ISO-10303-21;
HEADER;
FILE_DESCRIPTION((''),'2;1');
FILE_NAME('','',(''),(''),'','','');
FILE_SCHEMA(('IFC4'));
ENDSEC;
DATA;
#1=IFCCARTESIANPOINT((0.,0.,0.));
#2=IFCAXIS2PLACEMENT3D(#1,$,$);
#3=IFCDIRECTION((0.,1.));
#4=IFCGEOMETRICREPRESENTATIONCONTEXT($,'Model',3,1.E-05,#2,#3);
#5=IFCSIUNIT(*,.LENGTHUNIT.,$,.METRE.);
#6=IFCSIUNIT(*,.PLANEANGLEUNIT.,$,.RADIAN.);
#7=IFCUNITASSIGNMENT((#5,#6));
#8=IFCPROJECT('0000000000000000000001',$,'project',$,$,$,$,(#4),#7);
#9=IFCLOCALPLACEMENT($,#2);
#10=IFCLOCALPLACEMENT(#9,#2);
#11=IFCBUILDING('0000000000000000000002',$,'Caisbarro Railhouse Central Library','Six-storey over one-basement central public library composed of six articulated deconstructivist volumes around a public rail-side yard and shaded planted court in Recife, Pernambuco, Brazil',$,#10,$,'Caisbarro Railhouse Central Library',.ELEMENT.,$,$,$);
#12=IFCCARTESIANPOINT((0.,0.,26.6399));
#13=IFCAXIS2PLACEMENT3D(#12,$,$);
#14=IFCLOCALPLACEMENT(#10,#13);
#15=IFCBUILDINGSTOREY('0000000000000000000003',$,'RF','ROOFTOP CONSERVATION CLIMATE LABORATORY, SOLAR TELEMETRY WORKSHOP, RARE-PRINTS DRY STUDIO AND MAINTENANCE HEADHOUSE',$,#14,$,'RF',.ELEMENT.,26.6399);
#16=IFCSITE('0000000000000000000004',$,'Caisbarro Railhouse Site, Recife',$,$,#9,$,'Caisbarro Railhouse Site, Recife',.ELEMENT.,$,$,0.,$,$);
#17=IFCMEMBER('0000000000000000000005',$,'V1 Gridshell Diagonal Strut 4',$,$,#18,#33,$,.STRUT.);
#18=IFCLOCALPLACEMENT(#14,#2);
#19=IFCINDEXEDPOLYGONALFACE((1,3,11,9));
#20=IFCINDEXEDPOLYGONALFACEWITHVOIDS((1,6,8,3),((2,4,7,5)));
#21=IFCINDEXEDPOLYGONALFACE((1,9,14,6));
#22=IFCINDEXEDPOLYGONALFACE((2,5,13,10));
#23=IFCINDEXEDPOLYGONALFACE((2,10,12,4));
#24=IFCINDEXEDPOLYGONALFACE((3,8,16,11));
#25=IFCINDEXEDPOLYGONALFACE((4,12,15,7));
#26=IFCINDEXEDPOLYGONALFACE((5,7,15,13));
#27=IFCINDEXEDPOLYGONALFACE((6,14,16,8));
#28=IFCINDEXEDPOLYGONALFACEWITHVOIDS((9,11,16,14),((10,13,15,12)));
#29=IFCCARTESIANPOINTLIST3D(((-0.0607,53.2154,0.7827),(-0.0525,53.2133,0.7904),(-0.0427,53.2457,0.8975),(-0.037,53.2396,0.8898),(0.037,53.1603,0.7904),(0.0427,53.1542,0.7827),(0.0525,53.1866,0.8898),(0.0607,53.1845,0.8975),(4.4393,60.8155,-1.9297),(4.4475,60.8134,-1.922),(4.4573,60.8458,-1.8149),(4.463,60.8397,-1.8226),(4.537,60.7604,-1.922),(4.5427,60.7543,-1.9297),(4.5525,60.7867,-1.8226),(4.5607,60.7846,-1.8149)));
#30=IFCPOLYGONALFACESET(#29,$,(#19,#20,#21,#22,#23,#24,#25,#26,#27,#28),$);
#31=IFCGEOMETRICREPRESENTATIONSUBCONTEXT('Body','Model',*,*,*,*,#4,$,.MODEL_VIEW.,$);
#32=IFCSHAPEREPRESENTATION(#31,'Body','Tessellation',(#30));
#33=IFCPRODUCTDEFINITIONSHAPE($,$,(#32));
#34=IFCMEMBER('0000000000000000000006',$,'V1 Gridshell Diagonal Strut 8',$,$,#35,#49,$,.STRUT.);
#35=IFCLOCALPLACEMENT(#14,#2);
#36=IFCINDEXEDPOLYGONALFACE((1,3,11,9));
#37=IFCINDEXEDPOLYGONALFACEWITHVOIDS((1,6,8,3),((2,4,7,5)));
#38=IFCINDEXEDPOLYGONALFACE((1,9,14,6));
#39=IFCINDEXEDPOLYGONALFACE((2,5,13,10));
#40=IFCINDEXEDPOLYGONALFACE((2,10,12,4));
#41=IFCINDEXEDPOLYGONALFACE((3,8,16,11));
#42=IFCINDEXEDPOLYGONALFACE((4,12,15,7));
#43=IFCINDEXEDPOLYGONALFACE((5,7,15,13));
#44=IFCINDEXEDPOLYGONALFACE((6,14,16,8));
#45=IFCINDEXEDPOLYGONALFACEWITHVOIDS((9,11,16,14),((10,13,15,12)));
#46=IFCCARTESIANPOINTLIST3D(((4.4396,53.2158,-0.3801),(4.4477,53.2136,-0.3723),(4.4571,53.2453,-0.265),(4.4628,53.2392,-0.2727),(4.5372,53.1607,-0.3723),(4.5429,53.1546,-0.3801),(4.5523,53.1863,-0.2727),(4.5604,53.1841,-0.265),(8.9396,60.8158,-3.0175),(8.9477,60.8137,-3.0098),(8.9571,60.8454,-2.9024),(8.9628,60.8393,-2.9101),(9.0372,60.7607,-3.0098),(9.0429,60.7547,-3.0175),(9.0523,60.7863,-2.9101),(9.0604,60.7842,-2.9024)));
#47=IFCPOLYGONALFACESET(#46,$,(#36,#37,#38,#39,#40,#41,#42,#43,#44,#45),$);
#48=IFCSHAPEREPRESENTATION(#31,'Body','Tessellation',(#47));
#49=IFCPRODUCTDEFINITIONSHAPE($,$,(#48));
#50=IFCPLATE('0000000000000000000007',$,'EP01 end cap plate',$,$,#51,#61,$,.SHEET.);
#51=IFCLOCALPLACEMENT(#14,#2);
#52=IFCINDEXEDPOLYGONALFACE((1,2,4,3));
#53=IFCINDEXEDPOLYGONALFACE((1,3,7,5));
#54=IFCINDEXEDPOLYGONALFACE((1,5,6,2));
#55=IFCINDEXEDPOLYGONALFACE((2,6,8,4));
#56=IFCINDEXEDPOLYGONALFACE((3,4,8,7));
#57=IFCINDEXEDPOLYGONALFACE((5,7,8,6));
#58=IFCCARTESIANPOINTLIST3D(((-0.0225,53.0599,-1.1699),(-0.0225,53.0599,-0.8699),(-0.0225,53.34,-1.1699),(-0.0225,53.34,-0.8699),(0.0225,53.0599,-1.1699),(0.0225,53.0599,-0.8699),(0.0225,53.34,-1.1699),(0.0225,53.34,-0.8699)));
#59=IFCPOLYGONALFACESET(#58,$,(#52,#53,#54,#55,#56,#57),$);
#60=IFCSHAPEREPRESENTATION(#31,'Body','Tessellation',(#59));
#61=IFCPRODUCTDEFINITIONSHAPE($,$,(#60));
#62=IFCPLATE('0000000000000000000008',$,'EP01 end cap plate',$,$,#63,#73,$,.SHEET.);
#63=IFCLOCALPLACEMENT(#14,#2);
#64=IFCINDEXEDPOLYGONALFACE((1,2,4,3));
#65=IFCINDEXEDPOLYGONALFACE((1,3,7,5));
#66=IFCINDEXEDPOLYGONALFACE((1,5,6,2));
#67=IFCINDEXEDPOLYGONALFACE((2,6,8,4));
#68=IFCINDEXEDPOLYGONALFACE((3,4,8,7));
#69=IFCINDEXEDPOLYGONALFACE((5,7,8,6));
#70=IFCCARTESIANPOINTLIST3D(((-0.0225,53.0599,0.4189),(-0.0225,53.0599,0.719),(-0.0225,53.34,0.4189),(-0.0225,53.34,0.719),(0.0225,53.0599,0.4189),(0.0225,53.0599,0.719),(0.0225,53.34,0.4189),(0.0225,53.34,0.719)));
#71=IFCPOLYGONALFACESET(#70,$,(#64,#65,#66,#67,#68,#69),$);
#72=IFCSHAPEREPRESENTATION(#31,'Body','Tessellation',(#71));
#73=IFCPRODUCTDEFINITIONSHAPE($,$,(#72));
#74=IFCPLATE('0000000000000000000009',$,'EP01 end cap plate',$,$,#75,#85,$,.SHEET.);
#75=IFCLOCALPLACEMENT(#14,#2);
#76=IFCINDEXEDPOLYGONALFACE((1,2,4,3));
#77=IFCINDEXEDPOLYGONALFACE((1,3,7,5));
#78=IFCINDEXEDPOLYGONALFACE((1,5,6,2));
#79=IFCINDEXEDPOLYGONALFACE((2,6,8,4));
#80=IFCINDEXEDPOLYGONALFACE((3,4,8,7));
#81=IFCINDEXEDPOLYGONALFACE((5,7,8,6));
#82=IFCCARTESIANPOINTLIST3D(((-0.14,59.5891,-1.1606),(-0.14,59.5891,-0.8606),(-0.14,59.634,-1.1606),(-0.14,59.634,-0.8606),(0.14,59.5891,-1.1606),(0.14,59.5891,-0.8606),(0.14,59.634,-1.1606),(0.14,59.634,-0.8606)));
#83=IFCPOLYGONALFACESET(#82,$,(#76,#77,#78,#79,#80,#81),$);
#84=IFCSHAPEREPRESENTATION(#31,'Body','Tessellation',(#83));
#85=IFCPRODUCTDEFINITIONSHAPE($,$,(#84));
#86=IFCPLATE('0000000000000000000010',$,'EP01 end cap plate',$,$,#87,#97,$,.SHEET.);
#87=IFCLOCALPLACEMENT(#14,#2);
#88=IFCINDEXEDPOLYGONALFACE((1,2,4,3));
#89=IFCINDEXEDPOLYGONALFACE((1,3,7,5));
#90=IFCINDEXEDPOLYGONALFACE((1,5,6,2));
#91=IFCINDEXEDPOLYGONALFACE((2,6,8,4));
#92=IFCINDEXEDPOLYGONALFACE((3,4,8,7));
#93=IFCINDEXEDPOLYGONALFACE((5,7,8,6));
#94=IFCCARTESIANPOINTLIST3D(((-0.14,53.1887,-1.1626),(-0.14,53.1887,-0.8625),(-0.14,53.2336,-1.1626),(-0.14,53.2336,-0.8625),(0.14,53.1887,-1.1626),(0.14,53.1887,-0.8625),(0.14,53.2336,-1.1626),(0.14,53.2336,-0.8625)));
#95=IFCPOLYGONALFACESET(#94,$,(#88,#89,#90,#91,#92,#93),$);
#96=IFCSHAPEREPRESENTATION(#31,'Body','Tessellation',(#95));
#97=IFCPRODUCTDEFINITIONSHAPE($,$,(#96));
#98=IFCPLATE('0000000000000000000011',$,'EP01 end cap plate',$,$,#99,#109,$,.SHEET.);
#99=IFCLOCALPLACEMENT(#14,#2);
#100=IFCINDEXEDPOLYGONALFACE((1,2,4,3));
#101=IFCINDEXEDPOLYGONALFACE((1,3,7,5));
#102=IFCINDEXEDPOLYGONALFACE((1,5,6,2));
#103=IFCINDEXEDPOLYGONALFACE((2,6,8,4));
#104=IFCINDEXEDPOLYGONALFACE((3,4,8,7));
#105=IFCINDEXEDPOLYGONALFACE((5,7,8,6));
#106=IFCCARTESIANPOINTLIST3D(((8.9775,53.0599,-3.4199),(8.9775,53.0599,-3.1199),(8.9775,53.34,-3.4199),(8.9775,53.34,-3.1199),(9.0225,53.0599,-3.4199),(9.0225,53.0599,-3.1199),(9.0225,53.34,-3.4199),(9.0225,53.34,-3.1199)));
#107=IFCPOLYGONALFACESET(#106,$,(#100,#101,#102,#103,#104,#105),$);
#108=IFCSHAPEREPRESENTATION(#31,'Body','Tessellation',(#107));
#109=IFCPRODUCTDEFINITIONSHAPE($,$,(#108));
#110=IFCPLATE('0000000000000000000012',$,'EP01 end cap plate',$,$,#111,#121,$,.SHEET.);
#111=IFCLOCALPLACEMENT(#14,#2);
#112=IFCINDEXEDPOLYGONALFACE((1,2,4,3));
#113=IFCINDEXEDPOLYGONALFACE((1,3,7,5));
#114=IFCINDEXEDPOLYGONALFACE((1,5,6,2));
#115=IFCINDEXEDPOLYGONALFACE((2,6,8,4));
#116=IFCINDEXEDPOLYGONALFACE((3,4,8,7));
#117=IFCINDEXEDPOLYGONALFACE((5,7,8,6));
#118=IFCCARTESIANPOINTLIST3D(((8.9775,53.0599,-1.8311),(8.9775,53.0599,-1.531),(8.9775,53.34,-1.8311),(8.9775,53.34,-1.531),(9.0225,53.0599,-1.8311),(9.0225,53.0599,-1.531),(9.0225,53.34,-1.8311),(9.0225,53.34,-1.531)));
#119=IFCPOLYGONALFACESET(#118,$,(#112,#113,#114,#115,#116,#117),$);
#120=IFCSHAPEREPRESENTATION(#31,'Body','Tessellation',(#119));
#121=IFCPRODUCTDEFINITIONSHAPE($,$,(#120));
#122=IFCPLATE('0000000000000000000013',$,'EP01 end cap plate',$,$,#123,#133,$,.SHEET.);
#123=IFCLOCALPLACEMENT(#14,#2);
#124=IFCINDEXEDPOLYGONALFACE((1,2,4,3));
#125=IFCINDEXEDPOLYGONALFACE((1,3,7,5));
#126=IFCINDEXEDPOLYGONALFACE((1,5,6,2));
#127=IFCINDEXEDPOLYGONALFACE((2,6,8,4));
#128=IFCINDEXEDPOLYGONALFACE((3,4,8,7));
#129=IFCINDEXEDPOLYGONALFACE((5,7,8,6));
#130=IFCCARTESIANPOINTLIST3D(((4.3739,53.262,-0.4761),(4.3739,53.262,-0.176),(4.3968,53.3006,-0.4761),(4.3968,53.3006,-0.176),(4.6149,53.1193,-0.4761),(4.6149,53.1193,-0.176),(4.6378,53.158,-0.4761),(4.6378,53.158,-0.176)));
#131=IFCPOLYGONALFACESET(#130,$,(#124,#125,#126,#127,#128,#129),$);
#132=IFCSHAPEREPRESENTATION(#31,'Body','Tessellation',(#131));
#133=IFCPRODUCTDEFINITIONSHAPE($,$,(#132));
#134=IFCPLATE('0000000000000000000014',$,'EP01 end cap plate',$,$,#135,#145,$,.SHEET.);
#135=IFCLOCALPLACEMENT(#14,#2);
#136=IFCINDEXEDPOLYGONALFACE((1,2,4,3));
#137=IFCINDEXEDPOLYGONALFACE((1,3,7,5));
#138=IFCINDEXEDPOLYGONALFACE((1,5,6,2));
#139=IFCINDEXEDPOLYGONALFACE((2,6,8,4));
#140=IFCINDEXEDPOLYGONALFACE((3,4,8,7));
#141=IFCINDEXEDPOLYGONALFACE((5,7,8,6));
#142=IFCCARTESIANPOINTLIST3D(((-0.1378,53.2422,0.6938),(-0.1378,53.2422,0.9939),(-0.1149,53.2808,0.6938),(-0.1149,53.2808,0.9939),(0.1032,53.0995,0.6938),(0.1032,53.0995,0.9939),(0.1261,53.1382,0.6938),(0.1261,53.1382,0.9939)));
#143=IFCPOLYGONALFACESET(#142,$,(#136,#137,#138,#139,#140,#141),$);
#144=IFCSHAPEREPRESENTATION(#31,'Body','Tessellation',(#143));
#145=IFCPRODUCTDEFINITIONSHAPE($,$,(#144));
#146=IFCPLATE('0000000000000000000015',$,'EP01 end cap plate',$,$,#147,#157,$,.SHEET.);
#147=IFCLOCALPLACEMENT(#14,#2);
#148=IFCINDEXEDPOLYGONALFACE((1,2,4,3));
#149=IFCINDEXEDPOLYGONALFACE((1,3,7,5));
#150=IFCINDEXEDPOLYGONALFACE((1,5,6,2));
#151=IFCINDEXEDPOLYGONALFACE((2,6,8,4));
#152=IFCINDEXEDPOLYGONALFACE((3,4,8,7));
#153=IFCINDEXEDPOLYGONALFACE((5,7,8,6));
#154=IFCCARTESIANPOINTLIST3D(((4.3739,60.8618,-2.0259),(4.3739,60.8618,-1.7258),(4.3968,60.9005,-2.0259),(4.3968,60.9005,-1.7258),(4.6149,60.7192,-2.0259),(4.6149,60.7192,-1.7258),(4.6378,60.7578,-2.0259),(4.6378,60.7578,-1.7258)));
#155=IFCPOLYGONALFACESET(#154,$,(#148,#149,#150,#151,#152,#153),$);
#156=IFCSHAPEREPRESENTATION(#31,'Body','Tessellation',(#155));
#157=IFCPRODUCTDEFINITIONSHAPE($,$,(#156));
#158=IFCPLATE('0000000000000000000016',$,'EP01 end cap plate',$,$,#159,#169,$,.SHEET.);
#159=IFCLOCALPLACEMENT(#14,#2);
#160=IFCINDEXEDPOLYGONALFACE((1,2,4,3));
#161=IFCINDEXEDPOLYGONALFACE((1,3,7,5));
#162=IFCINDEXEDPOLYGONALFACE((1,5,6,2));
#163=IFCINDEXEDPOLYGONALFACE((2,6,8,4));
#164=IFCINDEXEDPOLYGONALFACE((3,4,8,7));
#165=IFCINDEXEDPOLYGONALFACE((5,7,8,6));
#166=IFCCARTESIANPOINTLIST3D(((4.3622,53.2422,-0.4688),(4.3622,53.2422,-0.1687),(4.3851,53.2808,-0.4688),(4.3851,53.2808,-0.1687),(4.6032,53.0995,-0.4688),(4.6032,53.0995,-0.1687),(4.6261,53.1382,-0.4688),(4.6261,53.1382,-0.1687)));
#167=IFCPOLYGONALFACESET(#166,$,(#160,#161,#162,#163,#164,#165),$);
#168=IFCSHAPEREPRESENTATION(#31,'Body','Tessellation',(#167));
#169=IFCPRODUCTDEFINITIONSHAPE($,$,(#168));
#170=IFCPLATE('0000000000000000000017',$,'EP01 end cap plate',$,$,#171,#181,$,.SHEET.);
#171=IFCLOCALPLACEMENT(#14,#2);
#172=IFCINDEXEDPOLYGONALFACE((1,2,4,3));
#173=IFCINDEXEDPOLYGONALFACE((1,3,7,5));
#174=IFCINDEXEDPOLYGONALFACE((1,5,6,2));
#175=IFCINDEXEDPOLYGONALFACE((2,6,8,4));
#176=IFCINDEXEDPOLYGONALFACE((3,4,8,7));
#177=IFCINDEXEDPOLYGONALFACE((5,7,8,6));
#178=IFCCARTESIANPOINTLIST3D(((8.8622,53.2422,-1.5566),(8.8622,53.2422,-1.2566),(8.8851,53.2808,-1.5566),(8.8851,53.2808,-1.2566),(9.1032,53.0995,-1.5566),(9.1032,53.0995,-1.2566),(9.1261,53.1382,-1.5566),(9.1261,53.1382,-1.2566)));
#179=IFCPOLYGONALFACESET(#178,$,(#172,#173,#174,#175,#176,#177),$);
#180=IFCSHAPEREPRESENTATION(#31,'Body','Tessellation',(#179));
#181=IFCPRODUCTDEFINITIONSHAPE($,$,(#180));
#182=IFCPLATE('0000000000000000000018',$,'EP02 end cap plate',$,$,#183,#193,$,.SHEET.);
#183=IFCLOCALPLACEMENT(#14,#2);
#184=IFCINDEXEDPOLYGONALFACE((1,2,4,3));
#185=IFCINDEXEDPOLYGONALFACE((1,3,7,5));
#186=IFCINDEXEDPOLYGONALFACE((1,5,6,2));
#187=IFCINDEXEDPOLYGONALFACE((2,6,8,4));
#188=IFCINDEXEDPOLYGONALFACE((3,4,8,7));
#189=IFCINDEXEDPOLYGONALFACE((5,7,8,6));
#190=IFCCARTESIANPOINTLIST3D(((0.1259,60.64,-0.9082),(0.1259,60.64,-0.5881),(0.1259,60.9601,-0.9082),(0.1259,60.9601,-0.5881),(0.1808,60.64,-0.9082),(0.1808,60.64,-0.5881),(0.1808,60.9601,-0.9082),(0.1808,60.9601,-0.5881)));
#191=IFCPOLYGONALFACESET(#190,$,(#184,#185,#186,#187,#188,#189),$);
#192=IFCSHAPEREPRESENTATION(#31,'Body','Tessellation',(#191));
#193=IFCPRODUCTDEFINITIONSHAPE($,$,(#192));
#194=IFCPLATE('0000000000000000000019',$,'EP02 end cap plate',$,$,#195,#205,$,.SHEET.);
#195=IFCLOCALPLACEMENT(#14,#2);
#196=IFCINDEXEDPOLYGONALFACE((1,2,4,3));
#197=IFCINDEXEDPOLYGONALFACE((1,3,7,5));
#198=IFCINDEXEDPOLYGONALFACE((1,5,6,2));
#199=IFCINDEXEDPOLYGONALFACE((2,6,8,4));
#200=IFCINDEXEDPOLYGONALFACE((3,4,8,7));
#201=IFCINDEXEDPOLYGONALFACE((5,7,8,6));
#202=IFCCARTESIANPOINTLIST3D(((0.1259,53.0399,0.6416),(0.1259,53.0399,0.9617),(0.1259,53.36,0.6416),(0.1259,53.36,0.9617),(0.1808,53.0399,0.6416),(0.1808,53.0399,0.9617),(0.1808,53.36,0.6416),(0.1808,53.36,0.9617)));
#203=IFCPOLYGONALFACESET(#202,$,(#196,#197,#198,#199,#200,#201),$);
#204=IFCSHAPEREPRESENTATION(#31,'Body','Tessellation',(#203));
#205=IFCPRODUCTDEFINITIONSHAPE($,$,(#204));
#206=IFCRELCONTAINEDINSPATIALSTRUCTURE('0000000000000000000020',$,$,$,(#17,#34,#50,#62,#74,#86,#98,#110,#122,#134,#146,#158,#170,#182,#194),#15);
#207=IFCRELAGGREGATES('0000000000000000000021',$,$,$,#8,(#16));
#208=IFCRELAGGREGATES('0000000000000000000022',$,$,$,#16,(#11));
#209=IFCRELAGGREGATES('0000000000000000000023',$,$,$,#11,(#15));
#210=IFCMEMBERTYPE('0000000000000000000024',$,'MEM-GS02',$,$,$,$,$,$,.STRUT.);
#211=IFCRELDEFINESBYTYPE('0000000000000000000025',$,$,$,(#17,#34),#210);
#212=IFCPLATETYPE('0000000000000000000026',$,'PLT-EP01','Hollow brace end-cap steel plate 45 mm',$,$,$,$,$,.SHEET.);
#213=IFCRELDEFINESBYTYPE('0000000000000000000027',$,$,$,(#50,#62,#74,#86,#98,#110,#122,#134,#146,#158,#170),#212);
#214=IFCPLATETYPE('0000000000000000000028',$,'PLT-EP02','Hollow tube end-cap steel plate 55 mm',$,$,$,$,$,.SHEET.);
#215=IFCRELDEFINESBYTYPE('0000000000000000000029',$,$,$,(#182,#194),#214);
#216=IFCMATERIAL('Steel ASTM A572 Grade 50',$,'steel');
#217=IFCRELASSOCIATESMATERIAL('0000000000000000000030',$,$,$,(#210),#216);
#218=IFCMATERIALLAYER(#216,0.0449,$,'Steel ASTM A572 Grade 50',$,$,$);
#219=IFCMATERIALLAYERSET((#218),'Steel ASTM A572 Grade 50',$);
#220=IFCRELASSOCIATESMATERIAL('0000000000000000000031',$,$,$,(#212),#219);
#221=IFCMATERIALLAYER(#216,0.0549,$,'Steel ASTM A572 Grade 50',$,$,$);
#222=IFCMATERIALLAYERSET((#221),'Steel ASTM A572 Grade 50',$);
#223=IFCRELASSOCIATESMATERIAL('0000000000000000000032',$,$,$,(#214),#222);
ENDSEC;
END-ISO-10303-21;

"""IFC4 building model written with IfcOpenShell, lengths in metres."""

from ifc_helpers import new_model, si_unit, direction, frame, origin, origin_2d, place, context, subcontext, project, spatial, rectangle, hollow_rectangle, extrude, material, layer, layer_set, material_profile, profile_set, type_object, element, save


model = new_model("IFC4")

# Units and contexts
model_context = context("Model", 3, precision=1e-05, world=origin(), true_north=direction((0.0, 1.0)))
body_context = subcontext(model_context, "Body", "Model", "MODEL_VIEW")
ifc_project = project(units=[si_unit("LENGTHUNIT", "METRE"), si_unit("PLANEANGLEUNIT", "RADIAN")], contexts=[model_context])

# Site, building, storey
site_placement = place(None, origin())
site = spatial("IfcSite", under=ifc_project, at=site_placement, Name="Caisbarro Railhouse Site, Recife", LongName="Caisbarro Railhouse Site, Recife", CompositionType="ELEMENT", RefElevation=0.0)
building_placement = place(site_placement, origin())
building = spatial("IfcBuilding", under=site, at=building_placement, Name="Caisbarro Railhouse Central Library", Description="Six-storey over one-basement central public library composed of six articulated deconstructivist volumes around a public rail-side yard and shaded planted court in Recife, Pernambuco, Brazil", LongName="Caisbarro Railhouse Central Library", CompositionType="ELEMENT")
storey_placement = place(building_placement, frame((0.0, 0.0, 26.6399)))
storey = spatial("IfcBuildingStorey", under=building, at=storey_placement, Name="RF", Description="ROOFTOP CONSERVATION CLIMATE LABORATORY, SOLAR TELEMETRY WORKSHOP, RARE-PRINTS DRY STUDIO AND MAINTENANCE HEADHOUSE", LongName="RF", CompositionType="ELEMENT", Elevation=26.6399)

# Shared definitions
ifc_material = material(Name="Steel ASTM A572 Grade 50", Category="steel")

# Members
ifc_material_profile_1 = material_profile(ifc_material, hollow_rectangle(XDim=0.1201, YDim=0.1201, WallThickness=0.0081, at=origin_2d()), Name="HSS120X120X8")
ifc_profile_set_1 = profile_set([ifc_material_profile_1], Name="Steel ASTM A572 Grade 50")
member_type_1 = type_object("IfcMemberType", Name="MEM-GS02", PredefinedType="STRUT", material=ifc_profile_set_1)
member_1_placement = place(storey_placement, frame((0.0, 53.2, 0.8401), z_axis=(0.487039, 0.822565, -0.293565), x_axis=(-0.860478, 0.509487, 0.0)))
element("IfcMember", 1, at=member_1_placement, inside=storey, type_object=member_type_1, Name="V1 Gridshell Diagonal Strut 4", PredefinedType="STRUT", context=body_context, shape_type="SweptSolid", body=[
    extrude(hollow_rectangle(XDim=0.1201, YDim=0.1201, WallThickness=0.0081, at=origin_2d()), origin(), (0.0, 0.0, 1.0), 9.2395),
])
member_2_placement = place(storey_placement, frame((4.5, 53.2, -0.3225), z_axis=(0.488186, 0.824503, -0.286126), x_axis=(-0.860478, 0.509487, 0.0)))
element("IfcMember", 2, at=member_2_placement, inside=storey, type_object=member_type_1, Name="V1 Gridshell Diagonal Strut 8", PredefinedType="STRUT", context=body_context, shape_type="SweptSolid", body=[
    extrude(hollow_rectangle(XDim=0.1201, YDim=0.1201, WallThickness=0.0081, at=origin_2d()), origin(), (0.0, 0.0, 1.0), 9.2178),
])

# Plates
ifc_layer_1 = layer(ifc_material, 0.0449, Name="Steel ASTM A572 Grade 50")
ifc_layer_set_1 = layer_set([ifc_layer_1], Name="Steel ASTM A572 Grade 50")
plate_type_1 = type_object("IfcPlateType", Name="PLT-EP01", Description="Hollow brace end-cap steel plate 45 mm", PredefinedType="SHEET", material=ifc_layer_set_1)
for number, where, z_axis, x_axis, name in (
    (3, (0.0, 53.2, -1.1699), (0.0, 0.0, 1.0), (1.0, 0.0, 0.0), "EP01 end cap plate"),
    (4, (0.0, 53.2, 0.4189), (0.0, 0.0, 1.0), (1.0, 0.0, 0.0), "EP01 end cap plate"),
    (5, (0.0, 59.6116, -1.1606), (0.0, 0.0, 1.0), (0.0, -1.0, 0.0), "EP01 end cap plate"),
    (6, (0.0, 53.2112, -1.1626), (0.0, 0.0, 1.0), (0.0, -1.0, 0.0), "EP01 end cap plate"),
    (7, (9.0, 53.2, -3.4199), (0.0, 0.0, 1.0), (1.0, 0.0, 0.0), "EP01 end cap plate"),
    (8, (9.0, 53.2, -1.8311), (0.0, 0.0, 1.0), (1.0, 0.0, 0.0), "EP01 end cap plate"),
    (9, (4.5059, 53.21, -0.4761), (0.0, 0.0, 1.0), (0.509492, 0.860475, 0.0), "EP01 end cap plate"),
    (10, (-0.0059, 53.1902, 0.6938), (0.0, 0.0, 1.0), (0.509492, 0.860475, 0.0), "EP01 end cap plate"),
    (11, (4.5059, 60.8098, -2.0259), (0.0, 0.0, 1.0), (0.509492, 0.860475, 0.0), "EP01 end cap plate"),
    (12, (4.4941, 53.1902, -0.4688), (0.0, 0.0, 1.0), (0.509492, 0.860475, 0.0), "EP01 end cap plate"),
    (13, (8.9941, 53.1902, -1.5566), (0.0, 0.0, 1.0), (0.509492, 0.860475, 0.0), "EP01 end cap plate"),
):
    element("IfcPlate", number, at=place(storey_placement, frame(where, z_axis=z_axis, x_axis=x_axis)), inside=storey, type_object=plate_type_1, Name=name, PredefinedType="SHEET", context=body_context, shape_type="SweptSolid", body=[
        extrude(rectangle(XDim=0.0449, YDim=0.28, at=origin_2d()), origin(), (0.0, 0.0, 1.0), 0.3),
    ])
ifc_layer_2 = layer(ifc_material, 0.0549, Name="Steel ASTM A572 Grade 50")
ifc_layer_set_2 = layer_set([ifc_layer_2], Name="Steel ASTM A572 Grade 50")
plate_type_2 = type_object("IfcPlateType", Name="PLT-EP02", Description="Hollow tube end-cap steel plate 55 mm", PredefinedType="SHEET", material=ifc_layer_set_2)
for number, where, z_axis, x_axis, name in (
    (14, (0.1533, 60.8, -0.9082), (0.0, 0.0, 1.0), (1.0, 0.0, 0.0), "EP02 end cap plate"),
    (15, (0.1533, 53.2, 0.6416), (0.0, 0.0, 1.0), (1.0, 0.0, 0.0), "EP02 end cap plate"),
):
    element("IfcPlate", number, at=place(storey_placement, frame(where, z_axis=z_axis, x_axis=x_axis)), inside=storey, type_object=plate_type_2, Name=name, PredefinedType="SHEET", context=body_context, shape_type="SweptSolid", body=[
        extrude(rectangle(XDim=0.0549, YDim=0.3201, at=origin_2d()), origin(), (0.0, 0.0, 1.0), 0.3201),
    ])

save(model, "model.ifc")
